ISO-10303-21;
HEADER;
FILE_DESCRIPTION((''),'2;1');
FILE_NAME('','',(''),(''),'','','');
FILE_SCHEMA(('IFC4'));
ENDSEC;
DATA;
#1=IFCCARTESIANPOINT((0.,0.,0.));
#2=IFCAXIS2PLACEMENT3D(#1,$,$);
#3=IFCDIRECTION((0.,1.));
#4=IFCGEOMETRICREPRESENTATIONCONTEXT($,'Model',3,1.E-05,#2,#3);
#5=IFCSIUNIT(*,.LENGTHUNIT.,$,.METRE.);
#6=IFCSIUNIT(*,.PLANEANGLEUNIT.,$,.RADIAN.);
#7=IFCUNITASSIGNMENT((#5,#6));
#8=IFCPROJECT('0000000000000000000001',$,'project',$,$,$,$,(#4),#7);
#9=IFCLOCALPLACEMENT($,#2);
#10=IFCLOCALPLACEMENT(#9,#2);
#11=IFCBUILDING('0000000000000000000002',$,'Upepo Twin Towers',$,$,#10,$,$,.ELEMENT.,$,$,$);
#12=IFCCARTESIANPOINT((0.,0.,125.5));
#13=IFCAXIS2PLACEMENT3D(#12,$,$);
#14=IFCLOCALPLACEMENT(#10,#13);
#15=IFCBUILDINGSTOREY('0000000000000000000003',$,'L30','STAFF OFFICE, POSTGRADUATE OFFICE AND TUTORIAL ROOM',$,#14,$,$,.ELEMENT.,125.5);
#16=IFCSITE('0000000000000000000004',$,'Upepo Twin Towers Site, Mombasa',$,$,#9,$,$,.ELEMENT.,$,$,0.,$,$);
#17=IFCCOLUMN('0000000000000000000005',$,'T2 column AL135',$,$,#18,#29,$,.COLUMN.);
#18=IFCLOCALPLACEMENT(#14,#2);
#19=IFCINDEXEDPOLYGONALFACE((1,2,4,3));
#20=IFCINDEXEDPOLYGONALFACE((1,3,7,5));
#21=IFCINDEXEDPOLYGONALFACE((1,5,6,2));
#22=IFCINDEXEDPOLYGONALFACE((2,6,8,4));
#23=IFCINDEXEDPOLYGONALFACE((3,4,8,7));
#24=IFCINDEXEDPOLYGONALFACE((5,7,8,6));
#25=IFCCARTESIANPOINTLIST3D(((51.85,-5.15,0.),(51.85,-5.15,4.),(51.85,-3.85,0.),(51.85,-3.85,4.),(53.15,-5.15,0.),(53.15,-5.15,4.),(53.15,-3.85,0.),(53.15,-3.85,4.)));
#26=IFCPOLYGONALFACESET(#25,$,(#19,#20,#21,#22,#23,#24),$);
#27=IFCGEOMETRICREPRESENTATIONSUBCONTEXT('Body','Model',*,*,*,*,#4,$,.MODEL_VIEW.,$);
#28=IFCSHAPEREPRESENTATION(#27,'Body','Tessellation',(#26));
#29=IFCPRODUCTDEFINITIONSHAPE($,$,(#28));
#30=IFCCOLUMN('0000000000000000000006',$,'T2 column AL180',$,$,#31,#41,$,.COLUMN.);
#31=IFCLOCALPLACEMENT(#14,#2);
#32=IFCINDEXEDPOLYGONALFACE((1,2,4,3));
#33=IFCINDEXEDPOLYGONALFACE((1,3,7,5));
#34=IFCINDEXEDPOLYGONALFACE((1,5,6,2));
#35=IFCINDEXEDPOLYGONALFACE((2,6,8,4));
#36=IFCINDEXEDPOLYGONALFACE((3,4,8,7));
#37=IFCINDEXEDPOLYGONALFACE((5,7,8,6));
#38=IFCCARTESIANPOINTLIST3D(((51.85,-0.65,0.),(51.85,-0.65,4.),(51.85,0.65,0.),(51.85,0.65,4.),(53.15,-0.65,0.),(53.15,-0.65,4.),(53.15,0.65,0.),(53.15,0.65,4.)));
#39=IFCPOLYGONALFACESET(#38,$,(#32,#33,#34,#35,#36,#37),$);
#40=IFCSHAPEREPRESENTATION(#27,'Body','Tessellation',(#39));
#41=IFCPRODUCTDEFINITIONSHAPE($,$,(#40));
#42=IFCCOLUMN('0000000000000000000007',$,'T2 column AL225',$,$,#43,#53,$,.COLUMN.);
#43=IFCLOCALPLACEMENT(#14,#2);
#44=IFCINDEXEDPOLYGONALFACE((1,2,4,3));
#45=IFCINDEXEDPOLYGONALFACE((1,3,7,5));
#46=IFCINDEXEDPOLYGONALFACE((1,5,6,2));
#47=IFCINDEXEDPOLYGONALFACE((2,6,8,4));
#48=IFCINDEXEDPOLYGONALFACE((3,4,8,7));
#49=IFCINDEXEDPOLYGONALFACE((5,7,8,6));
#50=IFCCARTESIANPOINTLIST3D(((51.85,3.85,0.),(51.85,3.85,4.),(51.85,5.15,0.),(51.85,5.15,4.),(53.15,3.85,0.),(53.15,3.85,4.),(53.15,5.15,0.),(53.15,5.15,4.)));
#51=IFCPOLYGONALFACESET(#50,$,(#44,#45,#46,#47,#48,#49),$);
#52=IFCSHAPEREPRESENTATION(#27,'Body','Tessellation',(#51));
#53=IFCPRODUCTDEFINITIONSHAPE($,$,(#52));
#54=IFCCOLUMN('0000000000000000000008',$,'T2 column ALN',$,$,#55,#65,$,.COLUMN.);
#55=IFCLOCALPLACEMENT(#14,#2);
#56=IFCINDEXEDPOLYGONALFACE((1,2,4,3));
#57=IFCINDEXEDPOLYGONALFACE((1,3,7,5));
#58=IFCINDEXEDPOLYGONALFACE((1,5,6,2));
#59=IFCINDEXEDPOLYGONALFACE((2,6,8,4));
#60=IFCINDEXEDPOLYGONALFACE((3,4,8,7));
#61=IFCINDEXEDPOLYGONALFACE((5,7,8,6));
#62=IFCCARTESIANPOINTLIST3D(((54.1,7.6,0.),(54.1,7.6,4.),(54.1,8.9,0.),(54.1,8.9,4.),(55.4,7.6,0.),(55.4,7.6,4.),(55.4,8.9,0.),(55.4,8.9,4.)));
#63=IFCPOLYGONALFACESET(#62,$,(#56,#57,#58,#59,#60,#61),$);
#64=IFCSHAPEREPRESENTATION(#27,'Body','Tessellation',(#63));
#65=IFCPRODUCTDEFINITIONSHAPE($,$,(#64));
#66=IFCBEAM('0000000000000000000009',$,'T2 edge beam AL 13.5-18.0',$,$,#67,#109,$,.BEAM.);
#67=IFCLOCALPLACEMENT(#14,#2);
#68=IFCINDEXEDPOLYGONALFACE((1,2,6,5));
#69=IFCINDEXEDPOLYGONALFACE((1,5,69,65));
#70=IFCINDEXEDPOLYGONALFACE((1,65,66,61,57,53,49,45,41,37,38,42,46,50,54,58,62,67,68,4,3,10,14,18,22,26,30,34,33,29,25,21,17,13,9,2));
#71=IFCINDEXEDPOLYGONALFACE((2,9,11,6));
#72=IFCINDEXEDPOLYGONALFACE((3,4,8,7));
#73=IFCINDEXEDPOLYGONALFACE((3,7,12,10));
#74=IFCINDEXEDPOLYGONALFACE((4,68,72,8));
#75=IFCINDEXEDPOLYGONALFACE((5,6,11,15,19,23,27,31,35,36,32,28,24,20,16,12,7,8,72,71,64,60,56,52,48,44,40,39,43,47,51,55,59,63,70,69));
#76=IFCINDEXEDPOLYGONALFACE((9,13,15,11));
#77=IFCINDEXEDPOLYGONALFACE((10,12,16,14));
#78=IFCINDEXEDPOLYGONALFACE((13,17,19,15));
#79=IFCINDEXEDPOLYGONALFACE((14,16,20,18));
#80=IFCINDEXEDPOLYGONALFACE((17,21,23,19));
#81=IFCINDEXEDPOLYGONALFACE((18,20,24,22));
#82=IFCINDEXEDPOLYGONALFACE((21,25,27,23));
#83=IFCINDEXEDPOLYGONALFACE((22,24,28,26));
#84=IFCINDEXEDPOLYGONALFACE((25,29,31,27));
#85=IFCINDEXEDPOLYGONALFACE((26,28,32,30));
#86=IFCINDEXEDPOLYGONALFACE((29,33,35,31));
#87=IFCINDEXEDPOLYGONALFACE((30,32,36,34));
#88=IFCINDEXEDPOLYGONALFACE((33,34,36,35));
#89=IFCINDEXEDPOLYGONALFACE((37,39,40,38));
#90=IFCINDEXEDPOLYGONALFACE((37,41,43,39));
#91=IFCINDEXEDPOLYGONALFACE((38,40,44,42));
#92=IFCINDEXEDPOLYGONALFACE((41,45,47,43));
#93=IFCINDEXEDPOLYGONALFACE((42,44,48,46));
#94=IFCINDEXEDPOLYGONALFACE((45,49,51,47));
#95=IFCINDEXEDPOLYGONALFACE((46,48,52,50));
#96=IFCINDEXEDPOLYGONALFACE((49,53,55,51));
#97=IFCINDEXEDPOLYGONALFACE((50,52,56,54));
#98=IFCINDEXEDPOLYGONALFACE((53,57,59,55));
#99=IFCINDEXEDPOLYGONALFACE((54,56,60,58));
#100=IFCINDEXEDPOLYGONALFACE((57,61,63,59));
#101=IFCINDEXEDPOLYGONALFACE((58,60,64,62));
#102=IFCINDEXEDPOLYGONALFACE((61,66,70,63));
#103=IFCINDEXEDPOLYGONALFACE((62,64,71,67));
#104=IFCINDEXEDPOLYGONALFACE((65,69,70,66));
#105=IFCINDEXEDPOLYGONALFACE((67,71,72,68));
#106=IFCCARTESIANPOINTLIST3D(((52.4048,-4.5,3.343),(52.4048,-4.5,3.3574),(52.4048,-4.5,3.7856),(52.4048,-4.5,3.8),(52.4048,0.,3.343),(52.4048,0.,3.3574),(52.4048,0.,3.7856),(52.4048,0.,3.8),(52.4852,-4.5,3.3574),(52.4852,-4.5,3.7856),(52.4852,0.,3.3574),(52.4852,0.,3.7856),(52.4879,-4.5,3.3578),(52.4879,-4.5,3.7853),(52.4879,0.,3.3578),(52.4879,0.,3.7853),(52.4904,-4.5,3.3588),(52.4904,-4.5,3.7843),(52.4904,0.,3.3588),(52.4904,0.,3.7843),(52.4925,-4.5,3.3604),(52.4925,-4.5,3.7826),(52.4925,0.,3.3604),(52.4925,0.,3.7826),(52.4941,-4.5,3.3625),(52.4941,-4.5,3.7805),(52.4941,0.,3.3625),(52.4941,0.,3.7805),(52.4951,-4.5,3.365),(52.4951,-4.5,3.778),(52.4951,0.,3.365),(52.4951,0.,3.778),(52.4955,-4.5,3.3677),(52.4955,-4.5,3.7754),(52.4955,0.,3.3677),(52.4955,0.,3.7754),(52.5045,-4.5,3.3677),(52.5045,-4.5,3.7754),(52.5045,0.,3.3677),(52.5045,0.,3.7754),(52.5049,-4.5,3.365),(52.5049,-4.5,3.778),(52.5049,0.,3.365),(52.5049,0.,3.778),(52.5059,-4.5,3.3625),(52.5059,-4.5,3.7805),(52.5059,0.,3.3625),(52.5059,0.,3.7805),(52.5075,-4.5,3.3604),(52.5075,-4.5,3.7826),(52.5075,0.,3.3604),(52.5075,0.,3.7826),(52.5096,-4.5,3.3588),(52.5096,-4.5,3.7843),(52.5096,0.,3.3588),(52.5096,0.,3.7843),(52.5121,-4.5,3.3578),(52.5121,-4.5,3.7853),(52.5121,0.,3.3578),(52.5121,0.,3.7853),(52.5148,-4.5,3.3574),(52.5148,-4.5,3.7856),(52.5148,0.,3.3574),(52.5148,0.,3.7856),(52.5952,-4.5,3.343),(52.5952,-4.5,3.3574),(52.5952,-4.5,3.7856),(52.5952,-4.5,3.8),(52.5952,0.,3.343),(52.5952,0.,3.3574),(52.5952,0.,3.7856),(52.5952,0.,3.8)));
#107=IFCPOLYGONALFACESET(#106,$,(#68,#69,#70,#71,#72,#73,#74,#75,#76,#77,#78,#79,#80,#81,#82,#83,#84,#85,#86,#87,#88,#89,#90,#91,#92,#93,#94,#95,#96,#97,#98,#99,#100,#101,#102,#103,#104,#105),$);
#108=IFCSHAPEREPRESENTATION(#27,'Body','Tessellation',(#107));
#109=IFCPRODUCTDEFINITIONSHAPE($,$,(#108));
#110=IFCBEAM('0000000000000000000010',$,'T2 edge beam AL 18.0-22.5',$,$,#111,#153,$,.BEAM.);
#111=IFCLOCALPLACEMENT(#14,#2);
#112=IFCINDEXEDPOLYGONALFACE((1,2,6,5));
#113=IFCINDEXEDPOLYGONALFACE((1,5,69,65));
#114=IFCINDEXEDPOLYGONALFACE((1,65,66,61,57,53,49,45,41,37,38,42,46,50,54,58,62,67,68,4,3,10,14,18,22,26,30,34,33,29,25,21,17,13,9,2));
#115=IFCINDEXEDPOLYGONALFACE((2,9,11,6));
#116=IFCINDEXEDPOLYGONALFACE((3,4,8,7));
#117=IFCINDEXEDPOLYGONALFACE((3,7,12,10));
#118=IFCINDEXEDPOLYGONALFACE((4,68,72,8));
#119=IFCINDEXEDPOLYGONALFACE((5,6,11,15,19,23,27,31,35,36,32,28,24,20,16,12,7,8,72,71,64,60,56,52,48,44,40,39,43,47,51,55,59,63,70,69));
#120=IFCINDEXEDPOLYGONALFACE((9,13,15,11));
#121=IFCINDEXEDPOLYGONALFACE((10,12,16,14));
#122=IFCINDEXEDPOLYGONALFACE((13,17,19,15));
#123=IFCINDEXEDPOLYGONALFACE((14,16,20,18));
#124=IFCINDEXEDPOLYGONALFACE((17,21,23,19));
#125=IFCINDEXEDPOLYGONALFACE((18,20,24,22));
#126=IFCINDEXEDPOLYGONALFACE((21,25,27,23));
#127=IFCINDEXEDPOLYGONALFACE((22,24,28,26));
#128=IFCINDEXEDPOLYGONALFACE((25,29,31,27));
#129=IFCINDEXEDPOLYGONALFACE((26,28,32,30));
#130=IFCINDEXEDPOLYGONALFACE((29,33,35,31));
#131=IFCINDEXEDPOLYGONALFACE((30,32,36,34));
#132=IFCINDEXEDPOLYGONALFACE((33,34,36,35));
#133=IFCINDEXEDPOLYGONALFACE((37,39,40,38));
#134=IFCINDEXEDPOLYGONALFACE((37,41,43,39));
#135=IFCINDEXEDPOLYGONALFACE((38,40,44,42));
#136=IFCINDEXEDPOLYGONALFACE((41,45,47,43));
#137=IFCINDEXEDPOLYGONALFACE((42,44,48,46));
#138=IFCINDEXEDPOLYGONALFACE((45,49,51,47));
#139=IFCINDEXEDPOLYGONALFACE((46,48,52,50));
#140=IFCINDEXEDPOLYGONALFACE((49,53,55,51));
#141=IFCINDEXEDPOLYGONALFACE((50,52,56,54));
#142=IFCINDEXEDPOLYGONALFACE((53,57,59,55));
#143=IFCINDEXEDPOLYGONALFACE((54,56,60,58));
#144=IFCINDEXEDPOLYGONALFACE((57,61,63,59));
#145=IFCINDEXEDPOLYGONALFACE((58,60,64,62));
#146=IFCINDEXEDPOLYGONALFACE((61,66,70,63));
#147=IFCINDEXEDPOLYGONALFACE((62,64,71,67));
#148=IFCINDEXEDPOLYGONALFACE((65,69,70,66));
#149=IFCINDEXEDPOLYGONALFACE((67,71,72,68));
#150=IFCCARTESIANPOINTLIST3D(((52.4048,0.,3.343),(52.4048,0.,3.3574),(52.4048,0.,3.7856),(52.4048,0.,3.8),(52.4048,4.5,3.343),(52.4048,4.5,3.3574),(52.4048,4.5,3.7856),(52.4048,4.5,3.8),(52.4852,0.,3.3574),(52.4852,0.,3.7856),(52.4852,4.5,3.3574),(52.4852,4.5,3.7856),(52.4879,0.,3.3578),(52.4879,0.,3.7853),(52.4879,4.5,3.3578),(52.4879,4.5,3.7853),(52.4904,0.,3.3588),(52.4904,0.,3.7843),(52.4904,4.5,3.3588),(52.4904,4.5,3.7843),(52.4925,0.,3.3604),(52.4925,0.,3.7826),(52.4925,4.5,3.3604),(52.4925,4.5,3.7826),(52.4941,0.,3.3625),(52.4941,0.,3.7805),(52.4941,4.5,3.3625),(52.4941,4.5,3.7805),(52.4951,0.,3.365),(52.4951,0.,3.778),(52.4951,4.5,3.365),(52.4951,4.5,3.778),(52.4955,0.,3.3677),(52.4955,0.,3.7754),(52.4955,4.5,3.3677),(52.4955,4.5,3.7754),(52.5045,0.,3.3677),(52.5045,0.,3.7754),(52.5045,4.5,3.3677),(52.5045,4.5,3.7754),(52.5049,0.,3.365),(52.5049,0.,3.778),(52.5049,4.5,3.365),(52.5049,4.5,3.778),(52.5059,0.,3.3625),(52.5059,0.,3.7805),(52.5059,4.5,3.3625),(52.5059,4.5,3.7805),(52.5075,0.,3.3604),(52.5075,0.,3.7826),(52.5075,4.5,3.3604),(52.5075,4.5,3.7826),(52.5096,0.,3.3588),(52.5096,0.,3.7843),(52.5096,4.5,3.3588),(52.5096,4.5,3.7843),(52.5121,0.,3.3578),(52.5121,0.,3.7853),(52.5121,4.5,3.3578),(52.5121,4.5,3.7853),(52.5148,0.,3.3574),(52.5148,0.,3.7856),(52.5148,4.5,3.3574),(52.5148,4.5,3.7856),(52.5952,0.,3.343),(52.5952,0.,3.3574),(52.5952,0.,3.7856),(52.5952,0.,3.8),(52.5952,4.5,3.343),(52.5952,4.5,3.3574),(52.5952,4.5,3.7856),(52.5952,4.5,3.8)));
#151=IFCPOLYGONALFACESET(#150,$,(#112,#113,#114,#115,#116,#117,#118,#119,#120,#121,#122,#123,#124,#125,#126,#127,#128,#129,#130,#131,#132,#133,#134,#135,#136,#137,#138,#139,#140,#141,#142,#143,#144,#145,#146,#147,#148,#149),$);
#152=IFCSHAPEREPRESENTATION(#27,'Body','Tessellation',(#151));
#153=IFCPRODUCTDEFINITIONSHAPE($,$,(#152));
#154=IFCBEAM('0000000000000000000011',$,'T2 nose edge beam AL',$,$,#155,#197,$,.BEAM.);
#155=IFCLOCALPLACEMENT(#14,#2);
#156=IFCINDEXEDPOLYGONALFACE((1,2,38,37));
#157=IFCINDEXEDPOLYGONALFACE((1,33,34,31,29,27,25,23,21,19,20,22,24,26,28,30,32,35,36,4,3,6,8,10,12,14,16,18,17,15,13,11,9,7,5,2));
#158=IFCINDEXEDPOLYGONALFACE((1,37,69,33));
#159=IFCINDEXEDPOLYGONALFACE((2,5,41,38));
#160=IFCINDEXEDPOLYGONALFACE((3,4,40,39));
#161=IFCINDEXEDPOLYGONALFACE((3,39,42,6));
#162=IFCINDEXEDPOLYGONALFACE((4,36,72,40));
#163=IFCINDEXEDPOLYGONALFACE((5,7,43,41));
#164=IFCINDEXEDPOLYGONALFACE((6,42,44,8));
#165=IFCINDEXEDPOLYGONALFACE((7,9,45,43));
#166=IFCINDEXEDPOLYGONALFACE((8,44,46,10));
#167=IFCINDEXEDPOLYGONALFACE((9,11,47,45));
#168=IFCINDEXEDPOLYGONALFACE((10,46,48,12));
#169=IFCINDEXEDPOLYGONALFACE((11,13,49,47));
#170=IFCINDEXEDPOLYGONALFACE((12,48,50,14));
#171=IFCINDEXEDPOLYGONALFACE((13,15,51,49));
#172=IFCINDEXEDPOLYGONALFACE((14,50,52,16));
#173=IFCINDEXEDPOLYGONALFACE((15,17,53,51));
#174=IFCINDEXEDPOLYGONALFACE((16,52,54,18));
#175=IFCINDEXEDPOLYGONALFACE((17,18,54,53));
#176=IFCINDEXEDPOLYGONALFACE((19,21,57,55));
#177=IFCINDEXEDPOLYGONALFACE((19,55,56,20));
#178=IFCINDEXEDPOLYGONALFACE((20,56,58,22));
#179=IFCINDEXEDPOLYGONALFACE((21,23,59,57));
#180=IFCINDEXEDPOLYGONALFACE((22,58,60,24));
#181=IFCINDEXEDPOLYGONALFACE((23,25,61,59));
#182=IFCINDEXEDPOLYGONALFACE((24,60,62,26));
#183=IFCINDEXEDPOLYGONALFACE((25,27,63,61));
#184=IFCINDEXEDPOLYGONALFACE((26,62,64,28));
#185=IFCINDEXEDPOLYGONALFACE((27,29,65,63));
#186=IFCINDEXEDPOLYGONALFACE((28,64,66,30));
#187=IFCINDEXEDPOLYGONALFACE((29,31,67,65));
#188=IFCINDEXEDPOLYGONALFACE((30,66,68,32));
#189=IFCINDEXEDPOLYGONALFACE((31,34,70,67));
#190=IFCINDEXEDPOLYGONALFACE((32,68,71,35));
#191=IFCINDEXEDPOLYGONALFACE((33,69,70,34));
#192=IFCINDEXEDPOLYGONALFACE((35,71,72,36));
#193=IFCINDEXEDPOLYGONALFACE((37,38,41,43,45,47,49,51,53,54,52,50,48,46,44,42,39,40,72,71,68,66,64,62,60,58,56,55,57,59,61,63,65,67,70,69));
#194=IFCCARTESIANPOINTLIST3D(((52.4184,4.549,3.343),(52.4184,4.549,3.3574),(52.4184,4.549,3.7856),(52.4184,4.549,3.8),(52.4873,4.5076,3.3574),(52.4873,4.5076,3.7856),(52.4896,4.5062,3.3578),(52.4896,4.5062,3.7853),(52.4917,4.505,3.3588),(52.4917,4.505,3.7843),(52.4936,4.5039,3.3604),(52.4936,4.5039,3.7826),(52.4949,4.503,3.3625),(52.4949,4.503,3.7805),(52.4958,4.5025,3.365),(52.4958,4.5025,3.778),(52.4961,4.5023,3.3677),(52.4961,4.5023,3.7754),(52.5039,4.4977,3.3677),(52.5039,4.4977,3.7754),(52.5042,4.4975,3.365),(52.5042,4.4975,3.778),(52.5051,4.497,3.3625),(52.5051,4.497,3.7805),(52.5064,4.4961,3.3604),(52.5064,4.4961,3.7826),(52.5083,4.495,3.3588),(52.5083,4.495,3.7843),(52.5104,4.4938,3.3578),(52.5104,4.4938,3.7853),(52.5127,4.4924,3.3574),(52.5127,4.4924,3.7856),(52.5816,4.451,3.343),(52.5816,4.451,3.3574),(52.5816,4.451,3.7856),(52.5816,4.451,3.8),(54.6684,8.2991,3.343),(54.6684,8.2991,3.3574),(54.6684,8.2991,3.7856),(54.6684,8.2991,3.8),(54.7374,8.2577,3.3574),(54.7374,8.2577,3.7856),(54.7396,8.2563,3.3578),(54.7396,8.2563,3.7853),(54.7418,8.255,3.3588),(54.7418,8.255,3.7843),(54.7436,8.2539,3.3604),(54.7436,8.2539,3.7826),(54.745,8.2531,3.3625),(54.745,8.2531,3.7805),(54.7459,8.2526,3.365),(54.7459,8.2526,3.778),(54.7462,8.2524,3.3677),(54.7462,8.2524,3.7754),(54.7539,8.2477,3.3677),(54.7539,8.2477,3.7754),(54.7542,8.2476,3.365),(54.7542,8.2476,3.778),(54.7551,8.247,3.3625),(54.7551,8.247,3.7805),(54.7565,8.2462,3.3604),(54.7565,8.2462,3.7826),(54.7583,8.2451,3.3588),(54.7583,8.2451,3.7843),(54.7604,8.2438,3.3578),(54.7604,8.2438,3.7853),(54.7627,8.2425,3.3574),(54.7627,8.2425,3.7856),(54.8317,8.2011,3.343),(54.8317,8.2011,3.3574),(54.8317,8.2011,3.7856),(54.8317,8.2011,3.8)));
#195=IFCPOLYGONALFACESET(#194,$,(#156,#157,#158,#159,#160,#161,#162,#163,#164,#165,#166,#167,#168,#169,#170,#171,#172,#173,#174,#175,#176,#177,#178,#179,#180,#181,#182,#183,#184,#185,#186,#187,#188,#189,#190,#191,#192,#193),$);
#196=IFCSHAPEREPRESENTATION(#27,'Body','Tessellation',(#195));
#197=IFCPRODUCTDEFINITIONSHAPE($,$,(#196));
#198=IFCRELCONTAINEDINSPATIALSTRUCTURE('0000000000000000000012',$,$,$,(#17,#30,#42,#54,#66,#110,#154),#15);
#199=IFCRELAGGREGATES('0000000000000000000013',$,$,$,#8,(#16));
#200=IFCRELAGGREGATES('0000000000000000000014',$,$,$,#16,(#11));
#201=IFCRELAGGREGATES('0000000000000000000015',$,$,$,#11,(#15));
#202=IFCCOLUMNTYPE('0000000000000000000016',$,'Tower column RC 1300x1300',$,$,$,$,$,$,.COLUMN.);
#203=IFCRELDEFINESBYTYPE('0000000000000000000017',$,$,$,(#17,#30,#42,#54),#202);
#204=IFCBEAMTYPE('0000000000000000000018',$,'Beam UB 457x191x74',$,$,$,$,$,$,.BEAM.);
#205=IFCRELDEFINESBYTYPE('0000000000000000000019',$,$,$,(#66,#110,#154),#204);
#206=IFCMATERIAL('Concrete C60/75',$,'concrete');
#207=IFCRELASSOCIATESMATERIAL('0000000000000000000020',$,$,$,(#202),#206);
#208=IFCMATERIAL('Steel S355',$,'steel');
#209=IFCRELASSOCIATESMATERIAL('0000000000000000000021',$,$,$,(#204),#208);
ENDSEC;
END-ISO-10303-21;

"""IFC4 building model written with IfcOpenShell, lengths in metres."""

from ifc_helpers import new_model, si_unit, direction, frame, origin, origin_2d, place, context, subcontext, project, spatial, rectangle, i_section, extrude, material, material_profile, profile_set, type_object, element, save


model = new_model("IFC4")

# Units and contexts
model_context = context("Model", 3, precision=1e-05, world=origin(), true_north=direction((0.0, 1.0)))
body_context = subcontext(model_context, "Body", "Model", "MODEL_VIEW")
ifc_project = project(units=[si_unit("LENGTHUNIT", "METRE"), si_unit("PLANEANGLEUNIT", "RADIAN")], contexts=[model_context])

# Site, building, storey
site_placement = place(None, origin())
site = spatial("IfcSite", under=ifc_project, at=site_placement, Name="Upepo Twin Towers Site, Mombasa", CompositionType="ELEMENT", RefElevation=0.0)
building_placement = place(site_placement, origin())
building = spatial("IfcBuilding", under=site, at=building_placement, Name="Upepo Twin Towers", CompositionType="ELEMENT")
storey_placement = place(building_placement, frame((0.0, 0.0, 125.5)))
storey = spatial("IfcBuildingStorey", under=building, at=storey_placement, Name="L30", Description="STAFF OFFICE, POSTGRADUATE OFFICE AND TUTORIAL ROOM", CompositionType="ELEMENT", Elevation=125.5)

# Columns
ifc_material_1 = material(Name="Concrete C60/75", Category="concrete")
ifc_material_profile_1 = material_profile(ifc_material_1, rectangle(XDim=1.3, YDim=1.3, at=origin_2d()), Name="RC 1300x1300")
ifc_profile_set_1 = profile_set([ifc_material_profile_1], Name="Concrete C60/75")
column_type = type_object("IfcColumnType", Name="Tower column RC 1300x1300", PredefinedType="COLUMN", material=ifc_profile_set_1)
for number, where, z_axis, x_axis, name in (
    (1, (52.5, -4.5, 0.0), (0.0, 0.0, 1.0), (1.0, 0.0, 0.0), "T2 column AL135"),
    (2, (52.5, 0.0, 0.0), (0.0, 0.0, 1.0), (1.0, 0.0, 0.0), "T2 column AL180"),
    (3, (52.5, 4.5, 0.0), (0.0, 0.0, 1.0), (1.0, 0.0, 0.0), "T2 column AL225"),
    (4, (54.75, 8.25, 0.0), (0.0, 0.0, 1.0), (1.0, 0.0, 0.0), "T2 column ALN"),
):
    element("IfcColumn", number, at=place(storey_placement, frame(where, z_axis=z_axis, x_axis=x_axis)), inside=storey, type_object=column_type, Name=name, PredefinedType="COLUMN", context=body_context, shape_type="SweptSolid", body=[
        extrude(rectangle(XDim=1.3, YDim=1.3, at=origin_2d()), origin(), (0.0, 0.0, 1.0), 4.0),
    ])

# Beams
ifc_material_2 = material(Name="Steel S355", Category="steel")
ifc_material_profile_2 = material_profile(ifc_material_2, i_section(OverallWidth=0.1904, OverallDepth=0.457, WebThickness=0.009, FlangeThickness=0.0144, FilletRadius=0.0103, at=origin_2d()), Name="UB 457x191x74")
ifc_profile_set_2 = profile_set([ifc_material_profile_2], Name="Steel S355")
beam_type_1 = type_object("IfcBeamType", Name="Beam UB 457x191x74", PredefinedType="BEAM", material=ifc_profile_set_2)
for number, where, z_axis, x_axis, name in (
    (5, (52.5, -4.5, 3.5715), (0.0, 1.0, 0.0), (-1.0, 0.0, 0.0), "T2 edge beam AL 13.5-18.0"),
    (6, (52.5, 0.0, 3.5715), (0.0, 1.0, 0.0), (-1.0, 0.0, 0.0), "T2 edge beam AL 18.0-22.5"),
):
    element("IfcBeam", number, at=place(storey_placement, frame(where, z_axis=z_axis, x_axis=x_axis)), inside=storey, type_object=beam_type_1, Name=name, PredefinedType="BEAM", context=body_context, shape_type="SweptSolid", body=[
        extrude(i_section(OverallWidth=0.1904, OverallDepth=0.457, WebThickness=0.009, FlangeThickness=0.0144, FilletRadius=0.0103, at=origin_2d()), origin(), (0.0, 0.0, 1.0), 4.5),
    ])
beam_1_placement = place(storey_placement, frame((52.5, 4.5, 3.5715), z_axis=(0.514496, 0.857493, 0.0), x_axis=(-0.857493, 0.514496, 0.0)))
element("IfcBeam", 7, at=beam_1_placement, inside=storey, type_object=beam_type_1, Name="T2 nose edge beam AL", PredefinedType="BEAM", context=body_context, shape_type="SweptSolid", body=[
    extrude(i_section(OverallWidth=0.1904, OverallDepth=0.457, WebThickness=0.009, FlangeThickness=0.0144, FilletRadius=0.0103, at=origin_2d()), origin(), (0.0, 0.0, 1.0), 4.3733),
])

save(model, "model.ifc")
